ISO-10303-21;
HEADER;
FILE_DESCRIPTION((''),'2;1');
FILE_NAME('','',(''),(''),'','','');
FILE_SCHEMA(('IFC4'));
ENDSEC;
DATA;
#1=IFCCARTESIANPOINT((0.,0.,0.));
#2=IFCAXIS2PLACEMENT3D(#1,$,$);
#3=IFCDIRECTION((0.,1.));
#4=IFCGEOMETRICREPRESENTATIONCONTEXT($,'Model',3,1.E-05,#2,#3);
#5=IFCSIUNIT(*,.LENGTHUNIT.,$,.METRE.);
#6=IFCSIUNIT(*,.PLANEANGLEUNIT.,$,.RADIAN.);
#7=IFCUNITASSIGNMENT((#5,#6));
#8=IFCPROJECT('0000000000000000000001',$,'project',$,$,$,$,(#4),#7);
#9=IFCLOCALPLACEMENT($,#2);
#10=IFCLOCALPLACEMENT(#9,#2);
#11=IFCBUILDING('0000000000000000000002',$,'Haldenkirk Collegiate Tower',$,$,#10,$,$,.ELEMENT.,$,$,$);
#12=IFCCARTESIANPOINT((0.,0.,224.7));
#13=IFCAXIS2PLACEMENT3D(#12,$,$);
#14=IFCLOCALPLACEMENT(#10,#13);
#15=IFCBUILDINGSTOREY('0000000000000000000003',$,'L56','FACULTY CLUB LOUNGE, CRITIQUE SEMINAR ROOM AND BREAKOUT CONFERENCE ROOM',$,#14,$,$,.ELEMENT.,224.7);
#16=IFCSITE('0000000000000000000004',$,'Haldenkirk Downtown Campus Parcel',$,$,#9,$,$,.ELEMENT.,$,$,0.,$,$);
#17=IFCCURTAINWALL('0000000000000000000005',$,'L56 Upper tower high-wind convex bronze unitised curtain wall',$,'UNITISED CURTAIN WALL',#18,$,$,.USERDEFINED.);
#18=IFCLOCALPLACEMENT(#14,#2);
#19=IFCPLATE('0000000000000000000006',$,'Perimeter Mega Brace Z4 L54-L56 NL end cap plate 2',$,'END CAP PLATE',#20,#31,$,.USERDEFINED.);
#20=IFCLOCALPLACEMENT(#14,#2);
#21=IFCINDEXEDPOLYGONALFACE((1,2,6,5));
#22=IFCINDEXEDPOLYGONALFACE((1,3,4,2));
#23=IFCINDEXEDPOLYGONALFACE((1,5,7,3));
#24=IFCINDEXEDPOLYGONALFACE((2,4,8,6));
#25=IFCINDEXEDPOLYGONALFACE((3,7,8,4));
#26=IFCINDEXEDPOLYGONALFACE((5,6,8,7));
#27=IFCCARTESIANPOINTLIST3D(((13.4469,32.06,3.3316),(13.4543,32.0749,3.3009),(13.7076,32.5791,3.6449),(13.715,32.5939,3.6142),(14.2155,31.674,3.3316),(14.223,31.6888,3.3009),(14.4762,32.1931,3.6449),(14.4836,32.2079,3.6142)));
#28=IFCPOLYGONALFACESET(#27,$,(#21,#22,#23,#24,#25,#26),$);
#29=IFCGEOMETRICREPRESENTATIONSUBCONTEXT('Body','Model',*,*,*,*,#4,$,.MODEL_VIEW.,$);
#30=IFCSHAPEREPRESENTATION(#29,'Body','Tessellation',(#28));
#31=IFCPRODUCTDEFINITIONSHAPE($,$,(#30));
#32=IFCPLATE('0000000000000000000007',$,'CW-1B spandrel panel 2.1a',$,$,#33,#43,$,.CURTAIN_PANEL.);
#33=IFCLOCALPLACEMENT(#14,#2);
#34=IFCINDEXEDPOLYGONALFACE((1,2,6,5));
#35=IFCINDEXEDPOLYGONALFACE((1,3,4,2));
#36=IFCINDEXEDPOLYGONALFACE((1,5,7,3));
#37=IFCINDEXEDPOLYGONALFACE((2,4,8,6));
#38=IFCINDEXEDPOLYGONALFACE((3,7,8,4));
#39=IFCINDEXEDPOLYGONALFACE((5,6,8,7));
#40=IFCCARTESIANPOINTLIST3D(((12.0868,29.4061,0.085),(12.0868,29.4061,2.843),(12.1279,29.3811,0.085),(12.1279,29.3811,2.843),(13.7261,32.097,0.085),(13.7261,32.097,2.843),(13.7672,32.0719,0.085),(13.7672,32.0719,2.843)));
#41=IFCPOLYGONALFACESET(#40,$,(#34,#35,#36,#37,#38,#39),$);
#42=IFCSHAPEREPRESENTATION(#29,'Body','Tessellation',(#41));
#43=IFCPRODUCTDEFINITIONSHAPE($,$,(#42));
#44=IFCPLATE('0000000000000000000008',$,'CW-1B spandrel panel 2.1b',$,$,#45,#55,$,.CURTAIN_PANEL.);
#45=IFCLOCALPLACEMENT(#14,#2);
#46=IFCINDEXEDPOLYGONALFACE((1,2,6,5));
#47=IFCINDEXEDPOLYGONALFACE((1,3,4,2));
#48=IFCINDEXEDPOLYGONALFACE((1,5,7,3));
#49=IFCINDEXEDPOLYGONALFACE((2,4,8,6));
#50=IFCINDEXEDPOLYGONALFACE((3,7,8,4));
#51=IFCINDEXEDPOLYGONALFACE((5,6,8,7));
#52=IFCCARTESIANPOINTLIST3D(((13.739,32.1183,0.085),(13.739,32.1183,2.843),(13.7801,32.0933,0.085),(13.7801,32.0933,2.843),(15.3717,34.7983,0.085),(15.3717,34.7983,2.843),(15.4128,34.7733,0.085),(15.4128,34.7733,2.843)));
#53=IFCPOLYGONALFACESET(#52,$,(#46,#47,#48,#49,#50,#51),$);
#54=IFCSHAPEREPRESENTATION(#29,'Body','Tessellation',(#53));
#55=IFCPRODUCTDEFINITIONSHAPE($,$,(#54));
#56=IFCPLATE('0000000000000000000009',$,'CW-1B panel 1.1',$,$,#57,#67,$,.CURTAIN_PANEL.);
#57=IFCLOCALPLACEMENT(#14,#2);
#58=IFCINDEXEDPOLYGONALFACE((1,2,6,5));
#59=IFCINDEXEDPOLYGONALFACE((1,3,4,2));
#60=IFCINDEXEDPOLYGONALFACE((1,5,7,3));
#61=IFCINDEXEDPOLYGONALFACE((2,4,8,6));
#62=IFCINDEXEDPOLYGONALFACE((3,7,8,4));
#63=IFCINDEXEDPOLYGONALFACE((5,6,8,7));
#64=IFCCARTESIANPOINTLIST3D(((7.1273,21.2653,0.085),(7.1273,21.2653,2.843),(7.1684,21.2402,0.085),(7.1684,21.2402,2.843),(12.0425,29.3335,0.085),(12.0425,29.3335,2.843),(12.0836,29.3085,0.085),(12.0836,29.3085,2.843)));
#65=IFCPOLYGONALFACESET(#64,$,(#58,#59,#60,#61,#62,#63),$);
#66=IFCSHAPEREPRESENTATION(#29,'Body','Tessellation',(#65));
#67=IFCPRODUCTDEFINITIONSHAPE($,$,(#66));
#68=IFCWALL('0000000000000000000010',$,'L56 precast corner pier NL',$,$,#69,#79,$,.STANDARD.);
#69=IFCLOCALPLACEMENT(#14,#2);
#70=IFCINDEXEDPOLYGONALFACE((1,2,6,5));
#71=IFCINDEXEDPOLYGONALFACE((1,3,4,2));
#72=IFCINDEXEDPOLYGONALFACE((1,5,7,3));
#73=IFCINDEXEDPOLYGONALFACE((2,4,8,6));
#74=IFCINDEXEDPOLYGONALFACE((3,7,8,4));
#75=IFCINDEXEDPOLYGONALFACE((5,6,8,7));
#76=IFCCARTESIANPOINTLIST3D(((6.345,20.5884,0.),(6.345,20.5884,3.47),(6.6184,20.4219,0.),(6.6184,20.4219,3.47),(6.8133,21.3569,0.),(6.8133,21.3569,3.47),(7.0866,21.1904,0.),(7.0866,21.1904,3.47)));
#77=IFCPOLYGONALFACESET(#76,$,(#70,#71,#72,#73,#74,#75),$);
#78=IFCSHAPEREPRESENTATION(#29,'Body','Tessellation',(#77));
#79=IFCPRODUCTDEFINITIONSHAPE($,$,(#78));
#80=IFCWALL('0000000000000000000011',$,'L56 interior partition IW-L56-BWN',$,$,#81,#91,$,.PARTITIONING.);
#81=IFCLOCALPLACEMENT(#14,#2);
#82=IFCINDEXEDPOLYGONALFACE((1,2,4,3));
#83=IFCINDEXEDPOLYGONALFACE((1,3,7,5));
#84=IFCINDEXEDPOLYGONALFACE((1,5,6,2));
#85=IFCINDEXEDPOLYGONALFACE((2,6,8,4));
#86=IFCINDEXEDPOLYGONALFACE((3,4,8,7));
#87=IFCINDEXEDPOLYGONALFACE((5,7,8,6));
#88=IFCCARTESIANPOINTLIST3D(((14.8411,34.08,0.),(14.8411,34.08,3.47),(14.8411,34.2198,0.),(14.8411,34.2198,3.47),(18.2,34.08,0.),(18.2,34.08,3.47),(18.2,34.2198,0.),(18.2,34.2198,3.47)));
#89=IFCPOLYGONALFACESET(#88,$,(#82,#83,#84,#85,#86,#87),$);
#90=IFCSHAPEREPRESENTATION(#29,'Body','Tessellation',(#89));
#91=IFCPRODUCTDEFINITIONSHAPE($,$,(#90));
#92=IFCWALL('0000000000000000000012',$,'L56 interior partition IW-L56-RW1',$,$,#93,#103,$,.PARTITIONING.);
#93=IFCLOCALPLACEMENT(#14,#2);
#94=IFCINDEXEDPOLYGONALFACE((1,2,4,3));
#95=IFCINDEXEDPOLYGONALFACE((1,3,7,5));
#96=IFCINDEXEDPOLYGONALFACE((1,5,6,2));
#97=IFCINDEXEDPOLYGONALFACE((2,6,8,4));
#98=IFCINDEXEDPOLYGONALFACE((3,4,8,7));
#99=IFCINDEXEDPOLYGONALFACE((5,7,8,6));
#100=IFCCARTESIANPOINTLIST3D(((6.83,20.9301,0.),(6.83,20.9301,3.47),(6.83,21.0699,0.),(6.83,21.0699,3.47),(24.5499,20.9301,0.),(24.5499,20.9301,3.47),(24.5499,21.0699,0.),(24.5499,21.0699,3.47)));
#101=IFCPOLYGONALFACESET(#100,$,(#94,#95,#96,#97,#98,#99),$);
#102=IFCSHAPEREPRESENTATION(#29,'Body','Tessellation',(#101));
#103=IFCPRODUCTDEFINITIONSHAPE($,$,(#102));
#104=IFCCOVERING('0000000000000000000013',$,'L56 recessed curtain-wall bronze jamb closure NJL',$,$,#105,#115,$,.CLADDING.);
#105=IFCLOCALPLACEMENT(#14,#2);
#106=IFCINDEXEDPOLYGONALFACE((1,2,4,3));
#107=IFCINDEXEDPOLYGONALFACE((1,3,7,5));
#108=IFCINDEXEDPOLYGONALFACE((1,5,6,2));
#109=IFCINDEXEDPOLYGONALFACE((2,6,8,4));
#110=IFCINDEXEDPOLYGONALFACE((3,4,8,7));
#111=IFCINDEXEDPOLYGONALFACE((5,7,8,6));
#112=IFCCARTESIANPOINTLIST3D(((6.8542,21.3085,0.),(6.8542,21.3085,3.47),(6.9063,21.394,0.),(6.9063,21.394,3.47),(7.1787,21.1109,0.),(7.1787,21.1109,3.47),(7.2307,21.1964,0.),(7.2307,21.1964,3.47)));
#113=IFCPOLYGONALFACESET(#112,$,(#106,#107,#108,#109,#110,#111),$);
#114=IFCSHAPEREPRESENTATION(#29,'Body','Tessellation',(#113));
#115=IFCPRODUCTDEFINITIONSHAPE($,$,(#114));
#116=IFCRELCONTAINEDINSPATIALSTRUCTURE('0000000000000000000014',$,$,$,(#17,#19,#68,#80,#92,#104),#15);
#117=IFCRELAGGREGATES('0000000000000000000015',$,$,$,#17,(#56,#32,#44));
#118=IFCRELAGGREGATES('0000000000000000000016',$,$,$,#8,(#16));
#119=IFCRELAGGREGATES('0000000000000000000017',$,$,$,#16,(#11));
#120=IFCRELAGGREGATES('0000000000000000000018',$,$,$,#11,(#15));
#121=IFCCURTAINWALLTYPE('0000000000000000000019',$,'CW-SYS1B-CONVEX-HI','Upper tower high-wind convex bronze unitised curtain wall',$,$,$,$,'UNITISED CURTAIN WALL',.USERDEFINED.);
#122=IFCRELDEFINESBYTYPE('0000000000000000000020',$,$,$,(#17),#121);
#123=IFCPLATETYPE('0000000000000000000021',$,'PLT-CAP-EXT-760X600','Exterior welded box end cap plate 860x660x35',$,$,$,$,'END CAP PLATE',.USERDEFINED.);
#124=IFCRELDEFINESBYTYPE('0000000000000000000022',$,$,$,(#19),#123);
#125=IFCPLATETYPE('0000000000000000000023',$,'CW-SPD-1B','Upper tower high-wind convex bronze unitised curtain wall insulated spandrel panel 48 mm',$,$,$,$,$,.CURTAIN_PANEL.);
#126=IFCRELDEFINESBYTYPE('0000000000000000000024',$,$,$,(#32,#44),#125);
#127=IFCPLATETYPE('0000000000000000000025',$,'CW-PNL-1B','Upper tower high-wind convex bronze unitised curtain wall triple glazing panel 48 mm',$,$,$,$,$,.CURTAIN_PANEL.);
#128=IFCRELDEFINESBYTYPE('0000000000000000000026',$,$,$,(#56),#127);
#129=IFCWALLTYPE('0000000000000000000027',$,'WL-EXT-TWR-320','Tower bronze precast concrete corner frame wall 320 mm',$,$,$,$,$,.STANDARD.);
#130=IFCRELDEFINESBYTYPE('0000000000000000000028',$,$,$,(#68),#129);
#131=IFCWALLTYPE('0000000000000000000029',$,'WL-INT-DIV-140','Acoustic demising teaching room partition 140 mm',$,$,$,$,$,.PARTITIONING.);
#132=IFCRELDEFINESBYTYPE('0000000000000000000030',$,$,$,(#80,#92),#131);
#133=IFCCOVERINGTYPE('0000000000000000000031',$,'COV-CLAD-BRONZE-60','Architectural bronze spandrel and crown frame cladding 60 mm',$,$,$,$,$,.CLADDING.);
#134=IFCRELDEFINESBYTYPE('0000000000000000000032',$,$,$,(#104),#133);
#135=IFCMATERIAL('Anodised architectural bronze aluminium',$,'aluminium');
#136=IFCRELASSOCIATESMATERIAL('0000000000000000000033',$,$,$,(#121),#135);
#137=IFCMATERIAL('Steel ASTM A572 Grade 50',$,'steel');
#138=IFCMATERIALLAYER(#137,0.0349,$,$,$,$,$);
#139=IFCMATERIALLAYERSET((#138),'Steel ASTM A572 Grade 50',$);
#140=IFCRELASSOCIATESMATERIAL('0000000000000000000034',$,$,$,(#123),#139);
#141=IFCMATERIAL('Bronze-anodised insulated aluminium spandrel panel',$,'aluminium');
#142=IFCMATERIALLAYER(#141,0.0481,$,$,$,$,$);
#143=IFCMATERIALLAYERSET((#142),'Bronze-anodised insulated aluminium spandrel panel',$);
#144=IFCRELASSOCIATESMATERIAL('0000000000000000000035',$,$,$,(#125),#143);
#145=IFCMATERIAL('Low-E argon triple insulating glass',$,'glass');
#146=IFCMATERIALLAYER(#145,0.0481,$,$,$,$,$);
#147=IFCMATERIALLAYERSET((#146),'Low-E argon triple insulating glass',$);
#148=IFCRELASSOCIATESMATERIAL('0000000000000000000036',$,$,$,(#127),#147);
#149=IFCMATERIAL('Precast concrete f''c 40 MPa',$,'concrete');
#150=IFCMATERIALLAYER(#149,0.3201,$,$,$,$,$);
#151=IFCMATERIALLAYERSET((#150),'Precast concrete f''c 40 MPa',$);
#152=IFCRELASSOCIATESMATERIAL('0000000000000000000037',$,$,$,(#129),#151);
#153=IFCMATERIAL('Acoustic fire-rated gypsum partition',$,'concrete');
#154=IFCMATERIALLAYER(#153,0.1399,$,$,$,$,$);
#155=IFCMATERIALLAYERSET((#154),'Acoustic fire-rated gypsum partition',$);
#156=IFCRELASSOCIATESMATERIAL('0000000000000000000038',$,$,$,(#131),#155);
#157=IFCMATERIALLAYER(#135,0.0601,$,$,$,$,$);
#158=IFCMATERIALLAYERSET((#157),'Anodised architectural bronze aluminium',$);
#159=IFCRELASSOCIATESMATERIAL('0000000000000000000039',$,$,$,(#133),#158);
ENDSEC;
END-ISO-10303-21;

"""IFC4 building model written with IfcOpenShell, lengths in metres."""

from ifc_helpers import new_model, si_unit, direction, frame, frame_2d, origin, origin_2d, place, context, subcontext, project, spatial, rectangle, extrude, source, transform, mapped, material, layer, layer_set, type_object, element, aggregate, save


model = new_model("IFC4")

# Units and contexts
model_context = context("Model", 3, precision=1e-05, world=origin(), true_north=direction((0.0, 1.0)))
body_context = subcontext(model_context, "Body", "Model", "MODEL_VIEW")
ifc_project = project(units=[si_unit("LENGTHUNIT", "METRE"), si_unit("PLANEANGLEUNIT", "RADIAN")], contexts=[model_context])

# Site, building, storey
site_placement = place(None, origin())
site = spatial("IfcSite", under=ifc_project, at=site_placement, Name="Haldenkirk Downtown Campus Parcel", CompositionType="ELEMENT", RefElevation=0.0)
building_placement = place(site_placement, origin())
building = spatial("IfcBuilding", under=site, at=building_placement, Name="Haldenkirk Collegiate Tower", CompositionType="ELEMENT")
storey_placement = place(building_placement, frame((0.0, 0.0, 224.7)))
storey = spatial("IfcBuildingStorey", under=building, at=storey_placement, Name="L56", Description="FACULTY CLUB LOUNGE, CRITIQUE SEMINAR ROOM AND BREAKOUT CONFERENCE ROOM", CompositionType="ELEMENT", Elevation=224.7)

# Curtain wall
ifc_material_1 = material(Name="Anodised architectural bronze aluminium", Category="aluminium")
curtain_wall_type = type_object("IfcCurtainWallType", Name="CW-SYS1B-CONVEX-HI", Description="Upper tower high-wind convex bronze unitised curtain wall", ElementType="UNITISED CURTAIN WALL", PredefinedType="USERDEFINED", material=ifc_material_1)
curtain_wall_placement = place(storey_placement, origin())
curtain_wall = element("IfcCurtainWall", 1, at=curtain_wall_placement, inside=storey, type_object=curtain_wall_type, Name="L56 Upper tower high-wind convex bronze unitised curtain wall", ObjectType="UNITISED CURTAIN WALL", PredefinedType="USERDEFINED")

# Plates
ifc_material_2 = material(Name="Steel ASTM A572 Grade 50", Category="steel")
ifc_layer_1 = layer(ifc_material_2, 0.0349)
ifc_layer_set_1 = layer_set([ifc_layer_1], Name="Steel ASTM A572 Grade 50")
plate_type_1 = type_object("IfcPlateType", Name="PLT-CAP-EXT-760X600", Description="Exterior welded box end cap plate 860x660x35", ElementType="END CAP PLATE", PredefinedType="USERDEFINED", material=ifc_layer_set_1)
shared_shape_1 = source(origin(), body_context, "Body", "SweptSolid", [
    extrude(rectangle(XDim=0.8601, YDim=0.6599, at=origin_2d()), origin(), (0.0, 0.0, 1.0), 0.0349),
])
plate_1_placement = place(storey_placement, frame((13.969, 32.1414, 3.4575), z_axis=(-0.213056, -0.424219, 0.880139), x_axis=(0.893628, -0.448808, 0.0)))
element("IfcPlate", 2, at=plate_1_placement, inside=storey, type_object=plate_type_1, Name="Perimeter Mega Brace Z4 L54-L56 NL end cap plate 2", ObjectType="END CAP PLATE", PredefinedType="USERDEFINED", context=body_context, shape_type="MappedRepresentation", body=[
    mapped(shared_shape_1, transform((0.0, 0.0, 0.0), x_axis=(1.0, 0.0, 0.0), y_axis=(0.0, 1.0, 0.0), z_axis=(0.0, 0.0, 1.0), scale=1.0)),
])
ifc_material_3 = material(Name="Bronze-anodised insulated aluminium spandrel panel", Category="aluminium")
ifc_layer_2 = layer(ifc_material_3, 0.0481)
ifc_layer_set_2 = layer_set([ifc_layer_2], Name="Bronze-anodised insulated aluminium spandrel panel")
plate_type_2 = type_object("IfcPlateType", Name="CW-SPD-1B", Description="Upper tower high-wind convex bronze unitised curtain wall insulated spandrel panel 48 mm", PredefinedType="CURTAIN_PANEL", material=ifc_layer_set_2)
shared_shape_2 = source(origin(), body_context, "Body", "SweptSolid", [
    extrude(rectangle(XDim=3.1509, YDim=0.0481, at=origin_2d()), origin(), (0.0, 0.0, 1.0), 2.7581),
])
plate_2_placement = place(storey_placement, frame((12.927, 30.739, 0.085), z_axis=(0.0, 0.0, 1.0), x_axis=(0.520266, 0.854004, 0.0)))
plate_2 = element("IfcPlate", 3, at=plate_2_placement, type_object=plate_type_2, Name="CW-1B spandrel panel 2.1a", PredefinedType="CURTAIN_PANEL", context=body_context, shape_type="MappedRepresentation", body=[
    mapped(shared_shape_2, transform((0.0, 0.0, 0.0), x_axis=(1.0, 0.0, 0.0), y_axis=(0.0, 1.0, 0.0), z_axis=(0.0, 0.0, 1.0), scale=1.0)),
])
shared_shape_3 = source(origin(), body_context, "Body", "SweptSolid", [
    extrude(rectangle(XDim=3.1382, YDim=0.0481, at=origin_2d()), origin(), (0.0, 0.0, 1.0), 2.7581),
])
plate_3_placement = place(storey_placement, frame((14.5759, 33.4458, 0.085), z_axis=(0.0, 0.0, 1.0), x_axis=(0.520266, 0.854004, 0.0)))
plate_3 = element("IfcPlate", 4, at=plate_3_placement, type_object=plate_type_2, Name="CW-1B spandrel panel 2.1b", PredefinedType="CURTAIN_PANEL", context=body_context, shape_type="MappedRepresentation", body=[
    mapped(shared_shape_3, transform((0.0, 0.0, 0.0), x_axis=(1.0, 0.0, 0.0), y_axis=(0.0, 1.0, 0.0), z_axis=(0.0, 0.0, 1.0), scale=1.0)),
])
ifc_material_4 = material(Name="Low-E argon triple insulating glass", Category="glass")
ifc_layer_3 = layer(ifc_material_4, 0.0481)
ifc_layer_set_3 = layer_set([ifc_layer_3], Name="Low-E argon triple insulating glass")
plate_type_3 = type_object("IfcPlateType", Name="CW-PNL-1B", Description="Upper tower high-wind convex bronze unitised curtain wall triple glazing panel 48 mm", PredefinedType="CURTAIN_PANEL", material=ifc_layer_set_3)
shared_shape_4 = source(origin(), body_context, "Body", "SweptSolid", [
    extrude(rectangle(XDim=9.4475, YDim=0.0481, at=origin_2d()), origin(), (0.0, 0.0, 1.0), 2.7581),
])
plate_4_placement = place(storey_placement, frame((9.6055, 25.2869, 0.085), z_axis=(0.0, 0.0, 1.0), x_axis=(0.520266, 0.854004, 0.0)))
plate_4 = element("IfcPlate", 5, at=plate_4_placement, type_object=plate_type_3, Name="CW-1B panel 1.1", PredefinedType="CURTAIN_PANEL", context=body_context, shape_type="MappedRepresentation", body=[
    mapped(shared_shape_4, transform((0.0, 0.0, 0.0), x_axis=(1.0, 0.0, 0.0), y_axis=(0.0, 1.0, 0.0), z_axis=(0.0, 0.0, 1.0), scale=1.0)),
])
aggregate(curtain_wall, [plate_4, plate_2, plate_3])

# Walls
ifc_material_5 = material(Name="Precast concrete f'c 40 MPa", Category="concrete")
ifc_layer_4 = layer(ifc_material_5, 0.3201)
ifc_layer_set_4 = layer_set([ifc_layer_4], Name="Precast concrete f'c 40 MPa")
wall_type_1 = type_object("IfcWallType", Name="WL-EXT-TWR-320", Description="Tower bronze precast concrete corner frame wall 320 mm", PredefinedType="STANDARD", material=ifc_layer_set_4)
wall_1_placement = place(storey_placement, frame((6.4817, 20.5051, 0.0), z_axis=(0.0, 0.0, 1.0), x_axis=(0.520308, 0.853978, 0.0)))
element("IfcWall", 6, at=wall_1_placement, inside=storey, type_object=wall_type_1, Name="L56 precast corner pier NL", PredefinedType="STANDARD", context=body_context, shape_type="SweptSolid", body=[
    extrude(rectangle(XDim=0.8999, YDim=0.3201, at=frame_2d((0.45, 0.0))), origin(), (0.0, 0.0, 1.0), 3.47),
])
ifc_material_6 = material(Name="Acoustic fire-rated gypsum partition", Category="concrete")
ifc_layer_5 = layer(ifc_material_6, 0.1399)
ifc_layer_set_5 = layer_set([ifc_layer_5], Name="Acoustic fire-rated gypsum partition")
wall_type_2 = type_object("IfcWallType", Name="WL-INT-DIV-140", Description="Acoustic demising teaching room partition 140 mm", PredefinedType="PARTITIONING", material=ifc_layer_set_5)
wall_2_placement = place(storey_placement, frame((14.8411, 34.1499, 0.0), z_axis=(0.0, 0.0, 1.0), x_axis=(1.0, 0.0, 0.0)))
element("IfcWall", 7, at=wall_2_placement, inside=storey, type_object=wall_type_2, Name="L56 interior partition IW-L56-BWN", PredefinedType="PARTITIONING", context=body_context, shape_type="SweptSolid", body=[
    extrude(rectangle(XDim=3.3589, YDim=0.1399, at=frame_2d((1.6794, 0.0))), origin(), (0.0, 0.0, 1.0), 3.47),
])
wall_3_placement = place(storey_placement, frame((6.8301, 21.0, 0.0), z_axis=(0.0, 0.0, 1.0), x_axis=(1.0, 0.0, 0.0)))
element("IfcWall", 8, at=wall_3_placement, inside=storey, type_object=wall_type_2, Name="L56 interior partition IW-L56-RW1", PredefinedType="PARTITIONING", context=body_context, shape_type="SweptSolid", body=[
    extrude(rectangle(XDim=17.72, YDim=0.1399, at=frame_2d((8.8599, 0.0))), origin(), (0.0, 0.0, 1.0), 3.47),
])

# Covering
ifc_layer_6 = layer(ifc_material_1, 0.0601)
ifc_layer_set_6 = layer_set([ifc_layer_6], Name="Anodised architectural bronze aluminium")
covering_type = type_object("IfcCoveringType", Name="COV-CLAD-BRONZE-60", Description="Architectural bronze spandrel and crown frame cladding 60 mm", PredefinedType="CLADDING", material=ifc_layer_set_6)
shared_shape_5 = source(origin(), body_context, "Body", "SweptSolid", [
    extrude(rectangle(XDim=0.1001, YDim=0.3799, at=origin_2d()), origin(), (0.0, 0.0, 1.0), 3.47),
])
covering_placement = place(storey_placement, frame((7.0425, 21.2524, 0.0), z_axis=(0.0, 0.0, 1.0), x_axis=(0.520265, 0.854005, 0.0)))
element("IfcCovering", 9, at=covering_placement, inside=storey, type_object=covering_type, Name="L56 recessed curtain-wall bronze jamb closure NJL", PredefinedType="CLADDING", context=body_context, shape_type="MappedRepresentation", body=[
    mapped(shared_shape_5, transform((0.0, 0.0, 0.0), x_axis=(1.0, 0.0, 0.0), y_axis=(0.0, 1.0, 0.0), z_axis=(0.0, 0.0, 1.0), scale=1.0)),
])

save(model, "model.ifc")
